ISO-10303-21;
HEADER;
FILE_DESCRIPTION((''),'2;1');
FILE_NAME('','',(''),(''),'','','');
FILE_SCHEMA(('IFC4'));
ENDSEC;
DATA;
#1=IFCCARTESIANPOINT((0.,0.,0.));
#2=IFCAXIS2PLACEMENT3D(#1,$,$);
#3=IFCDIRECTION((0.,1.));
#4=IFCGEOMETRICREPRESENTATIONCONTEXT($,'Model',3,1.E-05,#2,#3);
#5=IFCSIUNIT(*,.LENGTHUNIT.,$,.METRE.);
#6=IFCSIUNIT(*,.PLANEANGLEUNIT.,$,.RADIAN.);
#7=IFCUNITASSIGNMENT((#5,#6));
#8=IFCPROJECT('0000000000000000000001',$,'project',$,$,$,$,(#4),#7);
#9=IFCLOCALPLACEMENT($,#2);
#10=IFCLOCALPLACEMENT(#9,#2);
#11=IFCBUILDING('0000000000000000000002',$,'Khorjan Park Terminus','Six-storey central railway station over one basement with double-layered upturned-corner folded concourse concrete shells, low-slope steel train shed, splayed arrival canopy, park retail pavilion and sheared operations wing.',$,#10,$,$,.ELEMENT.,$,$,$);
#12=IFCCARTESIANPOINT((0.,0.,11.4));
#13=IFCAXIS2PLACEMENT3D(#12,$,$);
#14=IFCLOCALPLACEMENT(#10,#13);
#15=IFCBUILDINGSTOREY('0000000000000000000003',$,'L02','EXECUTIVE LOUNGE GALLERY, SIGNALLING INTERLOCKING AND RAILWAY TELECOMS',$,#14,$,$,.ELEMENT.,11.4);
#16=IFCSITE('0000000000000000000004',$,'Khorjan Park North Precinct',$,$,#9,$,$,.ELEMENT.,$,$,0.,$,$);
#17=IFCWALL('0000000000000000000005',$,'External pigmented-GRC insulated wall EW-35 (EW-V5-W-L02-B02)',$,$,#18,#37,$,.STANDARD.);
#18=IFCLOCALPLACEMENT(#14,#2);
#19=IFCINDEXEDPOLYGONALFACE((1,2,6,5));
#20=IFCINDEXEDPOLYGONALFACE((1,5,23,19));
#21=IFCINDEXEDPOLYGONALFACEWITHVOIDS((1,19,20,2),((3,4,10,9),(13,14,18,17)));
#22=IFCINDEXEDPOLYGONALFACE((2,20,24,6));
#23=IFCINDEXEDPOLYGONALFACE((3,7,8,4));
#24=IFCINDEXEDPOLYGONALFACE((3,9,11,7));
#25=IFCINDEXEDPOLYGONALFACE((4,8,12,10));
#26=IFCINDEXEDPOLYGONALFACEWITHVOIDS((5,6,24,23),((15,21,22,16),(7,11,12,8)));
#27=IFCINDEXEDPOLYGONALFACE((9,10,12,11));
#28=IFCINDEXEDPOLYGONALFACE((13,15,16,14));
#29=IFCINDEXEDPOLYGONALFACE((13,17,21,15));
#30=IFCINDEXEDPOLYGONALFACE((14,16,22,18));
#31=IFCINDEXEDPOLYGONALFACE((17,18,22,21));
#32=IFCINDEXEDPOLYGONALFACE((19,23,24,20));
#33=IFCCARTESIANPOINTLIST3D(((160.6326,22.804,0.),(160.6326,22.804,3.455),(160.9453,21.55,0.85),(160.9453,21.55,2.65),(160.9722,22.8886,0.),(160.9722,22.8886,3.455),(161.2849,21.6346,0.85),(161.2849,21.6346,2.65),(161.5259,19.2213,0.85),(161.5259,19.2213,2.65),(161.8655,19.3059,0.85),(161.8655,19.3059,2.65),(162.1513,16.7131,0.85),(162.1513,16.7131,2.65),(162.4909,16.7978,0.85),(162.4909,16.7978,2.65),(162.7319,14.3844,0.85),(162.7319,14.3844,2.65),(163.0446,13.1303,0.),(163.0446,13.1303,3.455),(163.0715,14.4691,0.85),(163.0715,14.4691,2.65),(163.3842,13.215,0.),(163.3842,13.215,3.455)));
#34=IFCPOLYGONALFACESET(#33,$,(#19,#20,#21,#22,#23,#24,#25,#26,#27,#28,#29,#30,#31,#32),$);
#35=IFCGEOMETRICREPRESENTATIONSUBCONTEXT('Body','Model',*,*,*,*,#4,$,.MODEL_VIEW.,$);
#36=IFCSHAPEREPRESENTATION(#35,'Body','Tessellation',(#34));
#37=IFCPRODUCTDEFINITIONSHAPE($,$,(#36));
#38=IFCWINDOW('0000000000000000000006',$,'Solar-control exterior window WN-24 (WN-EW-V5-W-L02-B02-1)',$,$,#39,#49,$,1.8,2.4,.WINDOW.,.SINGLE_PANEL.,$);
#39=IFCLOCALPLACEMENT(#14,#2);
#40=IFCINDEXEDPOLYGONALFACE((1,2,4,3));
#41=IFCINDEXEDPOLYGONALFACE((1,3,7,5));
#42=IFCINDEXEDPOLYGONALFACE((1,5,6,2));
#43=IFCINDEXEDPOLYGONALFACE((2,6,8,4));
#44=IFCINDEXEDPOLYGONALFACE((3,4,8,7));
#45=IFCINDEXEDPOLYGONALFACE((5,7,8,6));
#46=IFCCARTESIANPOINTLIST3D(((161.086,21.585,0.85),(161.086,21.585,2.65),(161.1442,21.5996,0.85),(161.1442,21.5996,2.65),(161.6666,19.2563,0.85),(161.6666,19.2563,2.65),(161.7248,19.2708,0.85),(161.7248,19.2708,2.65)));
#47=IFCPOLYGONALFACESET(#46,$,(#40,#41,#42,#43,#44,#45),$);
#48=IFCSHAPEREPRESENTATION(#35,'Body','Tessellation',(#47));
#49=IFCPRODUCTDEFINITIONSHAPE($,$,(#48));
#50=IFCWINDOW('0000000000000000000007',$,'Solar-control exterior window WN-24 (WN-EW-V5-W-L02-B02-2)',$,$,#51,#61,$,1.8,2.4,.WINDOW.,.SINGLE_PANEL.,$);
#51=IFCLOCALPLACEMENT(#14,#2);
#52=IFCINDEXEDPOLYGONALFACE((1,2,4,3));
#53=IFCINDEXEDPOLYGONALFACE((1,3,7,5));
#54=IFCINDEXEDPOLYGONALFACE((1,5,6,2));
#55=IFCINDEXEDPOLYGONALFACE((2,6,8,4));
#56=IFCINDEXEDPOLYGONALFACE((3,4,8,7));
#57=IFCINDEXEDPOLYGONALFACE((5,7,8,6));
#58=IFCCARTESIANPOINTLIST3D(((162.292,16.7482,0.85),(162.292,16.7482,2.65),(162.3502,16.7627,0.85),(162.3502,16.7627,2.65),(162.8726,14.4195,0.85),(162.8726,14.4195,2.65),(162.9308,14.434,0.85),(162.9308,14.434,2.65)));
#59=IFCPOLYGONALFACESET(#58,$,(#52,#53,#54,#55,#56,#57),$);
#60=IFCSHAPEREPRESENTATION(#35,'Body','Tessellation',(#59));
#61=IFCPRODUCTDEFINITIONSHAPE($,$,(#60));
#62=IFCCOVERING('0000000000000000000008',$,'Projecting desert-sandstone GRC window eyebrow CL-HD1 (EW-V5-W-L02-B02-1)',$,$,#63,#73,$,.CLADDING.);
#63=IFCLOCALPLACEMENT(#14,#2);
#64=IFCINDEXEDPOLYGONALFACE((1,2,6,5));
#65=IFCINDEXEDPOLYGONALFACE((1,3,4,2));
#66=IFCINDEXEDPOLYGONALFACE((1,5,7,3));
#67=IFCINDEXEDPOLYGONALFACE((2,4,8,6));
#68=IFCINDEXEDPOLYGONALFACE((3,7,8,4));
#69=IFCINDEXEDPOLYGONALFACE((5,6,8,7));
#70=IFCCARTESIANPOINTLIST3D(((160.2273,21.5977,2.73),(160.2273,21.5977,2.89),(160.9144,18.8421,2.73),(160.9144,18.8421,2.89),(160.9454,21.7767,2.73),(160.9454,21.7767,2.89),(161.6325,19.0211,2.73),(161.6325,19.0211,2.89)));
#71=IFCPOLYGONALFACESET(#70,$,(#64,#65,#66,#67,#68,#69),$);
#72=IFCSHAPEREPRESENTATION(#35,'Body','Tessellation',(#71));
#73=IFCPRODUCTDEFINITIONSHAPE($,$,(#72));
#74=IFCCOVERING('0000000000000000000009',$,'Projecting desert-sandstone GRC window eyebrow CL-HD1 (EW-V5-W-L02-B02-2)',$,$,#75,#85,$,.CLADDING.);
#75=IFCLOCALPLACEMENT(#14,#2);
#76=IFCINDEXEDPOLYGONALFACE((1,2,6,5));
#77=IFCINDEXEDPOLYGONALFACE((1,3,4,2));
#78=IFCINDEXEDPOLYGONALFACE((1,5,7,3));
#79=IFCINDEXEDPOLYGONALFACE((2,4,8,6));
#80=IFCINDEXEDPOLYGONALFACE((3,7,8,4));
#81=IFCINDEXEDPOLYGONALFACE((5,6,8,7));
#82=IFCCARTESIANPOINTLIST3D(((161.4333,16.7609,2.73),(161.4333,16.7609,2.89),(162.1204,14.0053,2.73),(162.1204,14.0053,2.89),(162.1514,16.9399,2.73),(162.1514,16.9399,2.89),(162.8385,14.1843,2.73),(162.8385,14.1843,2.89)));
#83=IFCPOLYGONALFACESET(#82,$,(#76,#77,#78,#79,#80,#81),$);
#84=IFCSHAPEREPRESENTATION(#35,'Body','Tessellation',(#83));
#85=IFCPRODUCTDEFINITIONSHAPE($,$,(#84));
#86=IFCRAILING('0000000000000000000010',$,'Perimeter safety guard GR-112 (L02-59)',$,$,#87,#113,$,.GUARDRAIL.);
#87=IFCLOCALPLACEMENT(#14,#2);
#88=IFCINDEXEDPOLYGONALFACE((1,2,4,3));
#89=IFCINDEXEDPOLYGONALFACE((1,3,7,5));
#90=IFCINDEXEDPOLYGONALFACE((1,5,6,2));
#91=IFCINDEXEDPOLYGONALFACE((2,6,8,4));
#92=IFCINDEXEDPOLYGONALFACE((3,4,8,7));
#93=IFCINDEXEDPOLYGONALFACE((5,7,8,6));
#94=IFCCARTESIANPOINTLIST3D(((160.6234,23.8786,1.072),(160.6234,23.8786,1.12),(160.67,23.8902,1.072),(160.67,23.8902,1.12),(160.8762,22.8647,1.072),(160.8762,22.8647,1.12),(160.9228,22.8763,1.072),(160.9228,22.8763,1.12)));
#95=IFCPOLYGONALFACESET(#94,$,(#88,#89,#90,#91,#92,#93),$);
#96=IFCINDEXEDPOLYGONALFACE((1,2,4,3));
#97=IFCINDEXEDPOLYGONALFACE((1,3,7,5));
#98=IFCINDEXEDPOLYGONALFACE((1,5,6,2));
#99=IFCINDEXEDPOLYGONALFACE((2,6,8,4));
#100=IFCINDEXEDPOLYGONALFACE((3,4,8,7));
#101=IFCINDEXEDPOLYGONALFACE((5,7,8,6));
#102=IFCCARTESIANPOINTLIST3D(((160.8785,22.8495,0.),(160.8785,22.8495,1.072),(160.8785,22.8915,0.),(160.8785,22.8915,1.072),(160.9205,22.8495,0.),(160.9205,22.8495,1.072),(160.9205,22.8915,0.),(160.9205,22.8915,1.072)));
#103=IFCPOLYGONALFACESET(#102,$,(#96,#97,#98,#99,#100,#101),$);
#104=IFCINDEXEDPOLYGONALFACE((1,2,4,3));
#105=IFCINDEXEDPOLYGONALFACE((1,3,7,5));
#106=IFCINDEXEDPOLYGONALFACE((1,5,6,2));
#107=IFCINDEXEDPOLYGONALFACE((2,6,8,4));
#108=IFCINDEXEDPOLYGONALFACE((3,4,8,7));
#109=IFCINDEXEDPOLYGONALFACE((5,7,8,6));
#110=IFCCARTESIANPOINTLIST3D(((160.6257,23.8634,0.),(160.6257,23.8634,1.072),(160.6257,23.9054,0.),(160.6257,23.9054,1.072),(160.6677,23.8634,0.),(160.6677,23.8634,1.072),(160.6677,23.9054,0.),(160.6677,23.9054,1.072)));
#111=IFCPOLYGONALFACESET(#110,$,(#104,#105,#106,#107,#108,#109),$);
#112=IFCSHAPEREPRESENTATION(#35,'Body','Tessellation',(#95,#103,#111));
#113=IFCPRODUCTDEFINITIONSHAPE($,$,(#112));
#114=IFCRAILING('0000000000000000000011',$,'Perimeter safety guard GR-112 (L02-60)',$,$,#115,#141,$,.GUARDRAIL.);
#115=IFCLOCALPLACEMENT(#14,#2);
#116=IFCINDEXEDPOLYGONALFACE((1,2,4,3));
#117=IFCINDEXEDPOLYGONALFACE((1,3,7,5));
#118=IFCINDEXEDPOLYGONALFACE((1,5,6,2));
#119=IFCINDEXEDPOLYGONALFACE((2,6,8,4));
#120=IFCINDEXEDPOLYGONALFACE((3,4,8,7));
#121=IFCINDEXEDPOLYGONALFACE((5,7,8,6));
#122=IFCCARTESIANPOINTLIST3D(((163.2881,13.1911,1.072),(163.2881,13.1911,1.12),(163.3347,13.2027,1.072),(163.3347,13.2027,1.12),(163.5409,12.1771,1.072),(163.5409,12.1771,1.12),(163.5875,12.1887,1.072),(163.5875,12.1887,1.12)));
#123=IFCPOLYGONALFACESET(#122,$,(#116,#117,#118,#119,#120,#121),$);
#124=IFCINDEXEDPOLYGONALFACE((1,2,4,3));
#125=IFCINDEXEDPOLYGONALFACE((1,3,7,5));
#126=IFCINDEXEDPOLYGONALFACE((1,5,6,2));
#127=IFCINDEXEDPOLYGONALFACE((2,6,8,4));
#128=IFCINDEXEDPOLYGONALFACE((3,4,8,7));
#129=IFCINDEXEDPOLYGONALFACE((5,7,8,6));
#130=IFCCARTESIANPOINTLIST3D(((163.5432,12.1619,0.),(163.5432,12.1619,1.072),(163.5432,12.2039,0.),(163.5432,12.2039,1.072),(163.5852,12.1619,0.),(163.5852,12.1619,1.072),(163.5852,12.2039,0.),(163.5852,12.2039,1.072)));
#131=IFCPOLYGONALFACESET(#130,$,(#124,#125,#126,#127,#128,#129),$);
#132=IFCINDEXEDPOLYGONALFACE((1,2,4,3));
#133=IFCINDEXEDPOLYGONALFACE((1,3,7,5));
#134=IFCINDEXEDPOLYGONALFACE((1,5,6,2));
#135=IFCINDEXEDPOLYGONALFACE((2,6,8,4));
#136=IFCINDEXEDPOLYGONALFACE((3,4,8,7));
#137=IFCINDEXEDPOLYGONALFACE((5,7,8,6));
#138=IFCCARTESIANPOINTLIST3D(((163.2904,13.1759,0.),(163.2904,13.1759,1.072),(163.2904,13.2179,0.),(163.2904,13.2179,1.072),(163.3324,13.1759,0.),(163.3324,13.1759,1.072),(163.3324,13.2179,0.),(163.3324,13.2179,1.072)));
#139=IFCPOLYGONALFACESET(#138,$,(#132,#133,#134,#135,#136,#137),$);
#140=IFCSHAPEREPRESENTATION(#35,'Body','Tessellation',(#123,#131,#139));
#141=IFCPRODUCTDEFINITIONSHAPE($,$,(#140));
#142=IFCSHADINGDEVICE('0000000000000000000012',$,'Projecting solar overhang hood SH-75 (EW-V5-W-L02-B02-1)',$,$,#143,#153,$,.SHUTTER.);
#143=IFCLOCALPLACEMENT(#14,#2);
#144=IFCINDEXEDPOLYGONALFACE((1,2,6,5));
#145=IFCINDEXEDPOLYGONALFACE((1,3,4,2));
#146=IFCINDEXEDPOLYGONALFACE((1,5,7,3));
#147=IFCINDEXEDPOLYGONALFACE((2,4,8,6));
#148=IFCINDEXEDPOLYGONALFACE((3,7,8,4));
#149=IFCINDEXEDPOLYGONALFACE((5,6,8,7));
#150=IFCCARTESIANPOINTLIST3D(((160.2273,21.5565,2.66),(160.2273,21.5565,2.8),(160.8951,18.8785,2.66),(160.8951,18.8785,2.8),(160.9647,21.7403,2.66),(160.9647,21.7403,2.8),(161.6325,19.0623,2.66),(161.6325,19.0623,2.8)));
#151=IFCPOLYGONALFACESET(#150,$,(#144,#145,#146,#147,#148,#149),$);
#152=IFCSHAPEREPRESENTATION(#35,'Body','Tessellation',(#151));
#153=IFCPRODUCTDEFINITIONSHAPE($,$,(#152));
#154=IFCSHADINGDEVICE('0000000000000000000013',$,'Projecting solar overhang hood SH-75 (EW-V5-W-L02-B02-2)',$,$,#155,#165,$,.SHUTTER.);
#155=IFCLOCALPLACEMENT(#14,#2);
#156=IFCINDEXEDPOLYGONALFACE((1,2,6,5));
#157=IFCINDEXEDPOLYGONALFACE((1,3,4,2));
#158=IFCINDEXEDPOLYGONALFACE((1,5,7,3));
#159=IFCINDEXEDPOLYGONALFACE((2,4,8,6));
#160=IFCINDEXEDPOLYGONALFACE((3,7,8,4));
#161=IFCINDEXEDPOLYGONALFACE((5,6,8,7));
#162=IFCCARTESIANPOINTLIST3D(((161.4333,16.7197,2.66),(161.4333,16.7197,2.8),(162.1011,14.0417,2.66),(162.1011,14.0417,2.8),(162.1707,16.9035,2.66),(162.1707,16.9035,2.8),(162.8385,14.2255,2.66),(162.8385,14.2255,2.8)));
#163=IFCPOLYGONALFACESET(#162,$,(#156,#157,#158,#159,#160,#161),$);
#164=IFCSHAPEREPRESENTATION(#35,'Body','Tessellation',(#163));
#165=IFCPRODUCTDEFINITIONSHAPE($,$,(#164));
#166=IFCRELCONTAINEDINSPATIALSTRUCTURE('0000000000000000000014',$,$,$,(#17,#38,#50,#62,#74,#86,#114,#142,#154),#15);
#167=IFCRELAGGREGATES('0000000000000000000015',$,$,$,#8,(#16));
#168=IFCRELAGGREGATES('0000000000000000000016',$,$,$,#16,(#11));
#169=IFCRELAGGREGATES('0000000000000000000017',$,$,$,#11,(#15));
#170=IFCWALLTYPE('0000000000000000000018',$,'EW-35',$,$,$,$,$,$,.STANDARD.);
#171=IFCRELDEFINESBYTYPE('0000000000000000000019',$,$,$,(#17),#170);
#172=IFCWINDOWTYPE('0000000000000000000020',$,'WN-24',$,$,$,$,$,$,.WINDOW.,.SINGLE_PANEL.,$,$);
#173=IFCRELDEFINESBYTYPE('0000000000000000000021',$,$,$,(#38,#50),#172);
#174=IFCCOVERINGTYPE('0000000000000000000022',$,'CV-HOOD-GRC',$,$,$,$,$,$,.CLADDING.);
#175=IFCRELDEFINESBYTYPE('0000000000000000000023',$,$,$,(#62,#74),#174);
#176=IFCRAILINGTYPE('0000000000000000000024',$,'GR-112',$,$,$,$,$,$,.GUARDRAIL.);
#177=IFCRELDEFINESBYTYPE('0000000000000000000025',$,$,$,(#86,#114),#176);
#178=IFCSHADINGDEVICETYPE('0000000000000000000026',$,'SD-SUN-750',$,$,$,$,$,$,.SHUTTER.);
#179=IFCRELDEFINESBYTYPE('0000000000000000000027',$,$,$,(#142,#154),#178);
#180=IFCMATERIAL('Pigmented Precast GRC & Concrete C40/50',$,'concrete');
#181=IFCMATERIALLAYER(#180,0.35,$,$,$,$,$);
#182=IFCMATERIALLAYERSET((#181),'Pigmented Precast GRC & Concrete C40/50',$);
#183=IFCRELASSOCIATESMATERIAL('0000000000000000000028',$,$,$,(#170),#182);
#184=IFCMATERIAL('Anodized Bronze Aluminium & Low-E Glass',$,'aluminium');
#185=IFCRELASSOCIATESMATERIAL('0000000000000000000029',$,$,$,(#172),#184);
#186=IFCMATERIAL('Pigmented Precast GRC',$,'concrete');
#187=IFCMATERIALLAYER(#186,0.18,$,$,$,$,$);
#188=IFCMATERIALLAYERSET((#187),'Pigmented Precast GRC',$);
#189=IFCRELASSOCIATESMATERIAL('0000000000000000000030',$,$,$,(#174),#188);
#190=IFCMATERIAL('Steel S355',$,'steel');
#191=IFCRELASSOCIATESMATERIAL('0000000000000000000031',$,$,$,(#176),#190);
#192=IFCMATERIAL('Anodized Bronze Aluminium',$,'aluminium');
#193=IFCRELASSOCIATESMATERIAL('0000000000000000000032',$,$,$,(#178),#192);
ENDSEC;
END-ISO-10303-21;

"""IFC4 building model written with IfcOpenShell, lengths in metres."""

from ifc_helpers import new_model, si_unit, direction, frame, frame_2d, origin, origin_2d, place, context, subcontext, project, spatial, rectangle, extrude, material, layer, layer_set, type_object, element, fill, save


model = new_model("IFC4")

# Units and contexts
model_context = context("Model", 3, precision=1e-05, world=origin(), true_north=direction((0.0, 1.0)))
body_context = subcontext(model_context, "Body", "Model", "MODEL_VIEW")
ifc_project = project(units=[si_unit("LENGTHUNIT", "METRE"), si_unit("PLANEANGLEUNIT", "RADIAN")], contexts=[model_context])

# Site, building, storey
site_placement = place(None, origin())
site = spatial("IfcSite", under=ifc_project, at=site_placement, Name="Khorjan Park North Precinct", CompositionType="ELEMENT", RefElevation=0.0)
building_placement = place(site_placement, origin())
building = spatial("IfcBuilding", under=site, at=building_placement, Name="Khorjan Park Terminus", Description="Six-storey central railway station over one basement with double-layered upturned-corner folded concourse concrete shells, low-slope steel train shed, splayed arrival canopy, park retail pavilion and sheared operations wing.", CompositionType="ELEMENT")
storey_placement = place(building_placement, frame((0.0, 0.0, 11.4)))
storey = spatial("IfcBuildingStorey", under=building, at=storey_placement, Name="L02", Description="EXECUTIVE LOUNGE GALLERY, SIGNALLING INTERLOCKING AND RAILWAY TELECOMS", CompositionType="ELEMENT", Elevation=11.4)

# Shared definitions
ifc_material_1 = material(Name="Steel S355", Category="steel")

# Shared definitions
ifc_material_2 = material(Name="Anodized Bronze Aluminium", Category="aluminium")

# Wall, openings, windows
ifc_material_3 = material(Name="Pigmented Precast GRC & Concrete C40/50", Category="concrete")
ifc_layer_1 = layer(ifc_material_3, 0.35)
ifc_layer_set_1 = layer_set([ifc_layer_1], Name="Pigmented Precast GRC & Concrete C40/50")
wall_type = type_object("IfcWallType", Name="EW-35", PredefinedType="STANDARD", material=ifc_layer_set_1)
wall_placement = place(storey_placement, frame((160.8024, 22.8463, 0.0), z_axis=(0.0, 0.0, 1.0), x_axis=(0.241931, -0.970293, 0.0)))
wall = element("IfcWall", 1, at=wall_placement, inside=storey, type_object=wall_type, Name="External pigmented-GRC insulated wall EW-35 (EW-V5-W-L02-B02)", PredefinedType="STANDARD", context=body_context, shape_type="SweptSolid", body=[
    extrude(rectangle(XDim=9.9698, YDim=0.35, at=frame_2d((4.9849, 0.0))), origin(), (0.0, 0.0, 1.0), 3.455),
])
opening_1_placement = place(wall_placement, frame((1.2924, 0.0, 0.85)))
opening_1 = element("IfcOpeningElement", 2, at=opening_1_placement, cuts=wall, PredefinedType="OPENING", context=body_context, shape_type="SweptSolid", body=[
    extrude(rectangle(XDim=2.4, YDim=1.8, at=frame_2d((1.2, 0.9))), frame((0.0, 0.185, 0.0), z_axis=(0.0, -1.0, 0.0), x_axis=(1.0, 0.0, 0.0)), (0.0, 0.0, 1.0), 0.37),
])
opening_2_placement = place(wall_placement, frame((6.2773, 0.0, 0.85)))
opening_2 = element("IfcOpeningElement", 3, at=opening_2_placement, cuts=wall, PredefinedType="OPENING", context=body_context, shape_type="SweptSolid", body=[
    extrude(rectangle(XDim=2.4, YDim=1.8, at=frame_2d((1.2, 0.9))), frame((0.0, 0.185, 0.0), z_axis=(0.0, -1.0, 0.0), x_axis=(1.0, 0.0, 0.0)), (0.0, 0.0, 1.0), 0.37),
])
ifc_material_4 = material(Name="Anodized Bronze Aluminium & Low-E Glass", Category="aluminium")
window_type = type_object("IfcWindowType", Name="WN-24", PartitioningType="SINGLE_PANEL", PredefinedType="WINDOW", material=ifc_material_4)
window_1_placement = place(opening_1_placement, origin())
window_1 = element("IfcWindow", 4, at=window_1_placement, inside=storey, type_object=window_type, Name="Solar-control exterior window WN-24 (WN-EW-V5-W-L02-B02-1)", OverallHeight=1.8, OverallWidth=2.4, PartitioningType="SINGLE_PANEL", PredefinedType="WINDOW", context=body_context, shape_type="SweptSolid", body=[
    extrude(rectangle(XDim=2.4, YDim=1.8, at=frame_2d((1.2, 0.9))), frame((0.0, 0.03, 0.0), z_axis=(0.0, -1.0, 0.0), x_axis=(1.0, 0.0, 0.0)), (0.0, 0.0, 1.0), 0.06),
])
fill(opening_1, window_1)
window_2_placement = place(opening_2_placement, origin())
window_2 = element("IfcWindow", 5, at=window_2_placement, inside=storey, type_object=window_type, Name="Solar-control exterior window WN-24 (WN-EW-V5-W-L02-B02-2)", OverallHeight=1.8, OverallWidth=2.4, PartitioningType="SINGLE_PANEL", PredefinedType="WINDOW", context=body_context, shape_type="SweptSolid", body=[
    extrude(rectangle(XDim=2.4, YDim=1.8, at=frame_2d((1.2, 0.9))), frame((0.0, 0.03, 0.0), z_axis=(0.0, -1.0, 0.0), x_axis=(1.0, 0.0, 0.0)), (0.0, 0.0, 1.0), 0.06),
])
fill(opening_2, window_2)

# Coverings
ifc_material_5 = material(Name="Pigmented Precast GRC", Category="concrete")
ifc_layer_2 = layer(ifc_material_5, 0.18)
ifc_layer_set_2 = layer_set([ifc_layer_2], Name="Pigmented Precast GRC")
covering_type = type_object("IfcCoveringType", Name="CV-HOOD-GRC", PredefinedType="CLADDING", material=ifc_layer_set_2)
for number, where, z_axis, x_axis, name in (
    (6, (160.9299, 20.3094, 2.73), (0.0, 0.0, 1.0), (0.241931, -0.970293, 0.0), "Projecting desert-sandstone GRC window eyebrow CL-HD1 (EW-V5-W-L02-B02-1)"),
    (7, (162.1359, 15.4726, 2.73), (0.0, 0.0, 1.0), (0.241931, -0.970293, 0.0), "Projecting desert-sandstone GRC window eyebrow CL-HD1 (EW-V5-W-L02-B02-2)"),
):
    element("IfcCovering", number, at=place(storey_placement, frame(where, z_axis=z_axis, x_axis=x_axis)), inside=storey, type_object=covering_type, Name=name, PredefinedType="CLADDING", context=body_context, shape_type="SweptSolid", body=[
        extrude(rectangle(XDim=2.84, YDim=0.74, at=origin_2d()), origin(), (0.0, 0.0, 1.0), 0.16),
    ])

# Railings
railing_type = type_object("IfcRailingType", Name="GR-112", PredefinedType="GUARDRAIL", material=ifc_material_1)
railing_1_placement = place(storey_placement, frame((160.8995, 22.8705, 0.0)))
element("IfcRailing", 8, at=railing_1_placement, inside=storey, type_object=railing_type, Name="Perimeter safety guard GR-112 (L02-59)", PredefinedType="GUARDRAIL", context=body_context, shape_type="SweptSolid", body=[
    extrude(rectangle(XDim=0.048, YDim=0.048, at=origin_2d()), frame((0.0, 0.0, 1.096), z_axis=(-0.241928, 0.970294, 0.0), x_axis=(-0.970294, -0.241928, 0.0)), (0.0, 0.0, 1.0), 1.0449),
    extrude(rectangle(XDim=0.042, YDim=0.042, at=origin_2d()), origin(), (0.0, 0.0, 1.0), 1.072),
    extrude(rectangle(XDim=0.042, YDim=0.042, at=origin_2d()), frame((-0.2528, 1.0139, 0.0)), (0.0, 0.0, 1.0), 1.072),
])
railing_2_placement = place(storey_placement, frame((163.5642, 12.1829, 0.0)))
element("IfcRailing", 9, at=railing_2_placement, inside=storey, type_object=railing_type, Name="Perimeter safety guard GR-112 (L02-60)", PredefinedType="GUARDRAIL", context=body_context, shape_type="SweptSolid", body=[
    extrude(rectangle(XDim=0.048, YDim=0.048, at=origin_2d()), frame((0.0, 0.0, 1.096), z_axis=(-0.241905, 0.9703, 0.0), x_axis=(-0.9703, -0.241905, 0.0)), (0.0, 0.0, 1.0), 1.045),
    extrude(rectangle(XDim=0.042, YDim=0.042, at=origin_2d()), origin(), (0.0, 0.0, 1.0), 1.072),
    extrude(rectangle(XDim=0.042, YDim=0.042, at=origin_2d()), frame((-0.2528, 1.014, 0.0)), (0.0, 0.0, 1.0), 1.072),
])

# Shading devices
shading_device_type = type_object("IfcShadingDeviceType", Name="SD-SUN-750", PredefinedType="SHUTTER", material=ifc_material_2)
for number, where, z_axis, x_axis, name in (
    (10, (160.9299, 20.3094, 2.66), (0.0, 0.0, 1.0), (0.241931, -0.970293, 0.0), "Projecting solar overhang hood SH-75 (EW-V5-W-L02-B02-1)"),
    (11, (162.1359, 15.4726, 2.66), (0.0, 0.0, 1.0), (0.241931, -0.970293, 0.0), "Projecting solar overhang hood SH-75 (EW-V5-W-L02-B02-2)"),
):
    element("IfcShadingDevice", number, at=place(storey_placement, frame(where, z_axis=z_axis, x_axis=x_axis)), inside=storey, type_object=shading_device_type, Name=name, PredefinedType="SHUTTER", context=body_context, shape_type="SweptSolid", body=[
        extrude(rectangle(XDim=2.76, YDim=0.76, at=origin_2d()), origin(), (0.0, 0.0, 1.0), 0.14),
    ])

save(model, "model.ifc")
